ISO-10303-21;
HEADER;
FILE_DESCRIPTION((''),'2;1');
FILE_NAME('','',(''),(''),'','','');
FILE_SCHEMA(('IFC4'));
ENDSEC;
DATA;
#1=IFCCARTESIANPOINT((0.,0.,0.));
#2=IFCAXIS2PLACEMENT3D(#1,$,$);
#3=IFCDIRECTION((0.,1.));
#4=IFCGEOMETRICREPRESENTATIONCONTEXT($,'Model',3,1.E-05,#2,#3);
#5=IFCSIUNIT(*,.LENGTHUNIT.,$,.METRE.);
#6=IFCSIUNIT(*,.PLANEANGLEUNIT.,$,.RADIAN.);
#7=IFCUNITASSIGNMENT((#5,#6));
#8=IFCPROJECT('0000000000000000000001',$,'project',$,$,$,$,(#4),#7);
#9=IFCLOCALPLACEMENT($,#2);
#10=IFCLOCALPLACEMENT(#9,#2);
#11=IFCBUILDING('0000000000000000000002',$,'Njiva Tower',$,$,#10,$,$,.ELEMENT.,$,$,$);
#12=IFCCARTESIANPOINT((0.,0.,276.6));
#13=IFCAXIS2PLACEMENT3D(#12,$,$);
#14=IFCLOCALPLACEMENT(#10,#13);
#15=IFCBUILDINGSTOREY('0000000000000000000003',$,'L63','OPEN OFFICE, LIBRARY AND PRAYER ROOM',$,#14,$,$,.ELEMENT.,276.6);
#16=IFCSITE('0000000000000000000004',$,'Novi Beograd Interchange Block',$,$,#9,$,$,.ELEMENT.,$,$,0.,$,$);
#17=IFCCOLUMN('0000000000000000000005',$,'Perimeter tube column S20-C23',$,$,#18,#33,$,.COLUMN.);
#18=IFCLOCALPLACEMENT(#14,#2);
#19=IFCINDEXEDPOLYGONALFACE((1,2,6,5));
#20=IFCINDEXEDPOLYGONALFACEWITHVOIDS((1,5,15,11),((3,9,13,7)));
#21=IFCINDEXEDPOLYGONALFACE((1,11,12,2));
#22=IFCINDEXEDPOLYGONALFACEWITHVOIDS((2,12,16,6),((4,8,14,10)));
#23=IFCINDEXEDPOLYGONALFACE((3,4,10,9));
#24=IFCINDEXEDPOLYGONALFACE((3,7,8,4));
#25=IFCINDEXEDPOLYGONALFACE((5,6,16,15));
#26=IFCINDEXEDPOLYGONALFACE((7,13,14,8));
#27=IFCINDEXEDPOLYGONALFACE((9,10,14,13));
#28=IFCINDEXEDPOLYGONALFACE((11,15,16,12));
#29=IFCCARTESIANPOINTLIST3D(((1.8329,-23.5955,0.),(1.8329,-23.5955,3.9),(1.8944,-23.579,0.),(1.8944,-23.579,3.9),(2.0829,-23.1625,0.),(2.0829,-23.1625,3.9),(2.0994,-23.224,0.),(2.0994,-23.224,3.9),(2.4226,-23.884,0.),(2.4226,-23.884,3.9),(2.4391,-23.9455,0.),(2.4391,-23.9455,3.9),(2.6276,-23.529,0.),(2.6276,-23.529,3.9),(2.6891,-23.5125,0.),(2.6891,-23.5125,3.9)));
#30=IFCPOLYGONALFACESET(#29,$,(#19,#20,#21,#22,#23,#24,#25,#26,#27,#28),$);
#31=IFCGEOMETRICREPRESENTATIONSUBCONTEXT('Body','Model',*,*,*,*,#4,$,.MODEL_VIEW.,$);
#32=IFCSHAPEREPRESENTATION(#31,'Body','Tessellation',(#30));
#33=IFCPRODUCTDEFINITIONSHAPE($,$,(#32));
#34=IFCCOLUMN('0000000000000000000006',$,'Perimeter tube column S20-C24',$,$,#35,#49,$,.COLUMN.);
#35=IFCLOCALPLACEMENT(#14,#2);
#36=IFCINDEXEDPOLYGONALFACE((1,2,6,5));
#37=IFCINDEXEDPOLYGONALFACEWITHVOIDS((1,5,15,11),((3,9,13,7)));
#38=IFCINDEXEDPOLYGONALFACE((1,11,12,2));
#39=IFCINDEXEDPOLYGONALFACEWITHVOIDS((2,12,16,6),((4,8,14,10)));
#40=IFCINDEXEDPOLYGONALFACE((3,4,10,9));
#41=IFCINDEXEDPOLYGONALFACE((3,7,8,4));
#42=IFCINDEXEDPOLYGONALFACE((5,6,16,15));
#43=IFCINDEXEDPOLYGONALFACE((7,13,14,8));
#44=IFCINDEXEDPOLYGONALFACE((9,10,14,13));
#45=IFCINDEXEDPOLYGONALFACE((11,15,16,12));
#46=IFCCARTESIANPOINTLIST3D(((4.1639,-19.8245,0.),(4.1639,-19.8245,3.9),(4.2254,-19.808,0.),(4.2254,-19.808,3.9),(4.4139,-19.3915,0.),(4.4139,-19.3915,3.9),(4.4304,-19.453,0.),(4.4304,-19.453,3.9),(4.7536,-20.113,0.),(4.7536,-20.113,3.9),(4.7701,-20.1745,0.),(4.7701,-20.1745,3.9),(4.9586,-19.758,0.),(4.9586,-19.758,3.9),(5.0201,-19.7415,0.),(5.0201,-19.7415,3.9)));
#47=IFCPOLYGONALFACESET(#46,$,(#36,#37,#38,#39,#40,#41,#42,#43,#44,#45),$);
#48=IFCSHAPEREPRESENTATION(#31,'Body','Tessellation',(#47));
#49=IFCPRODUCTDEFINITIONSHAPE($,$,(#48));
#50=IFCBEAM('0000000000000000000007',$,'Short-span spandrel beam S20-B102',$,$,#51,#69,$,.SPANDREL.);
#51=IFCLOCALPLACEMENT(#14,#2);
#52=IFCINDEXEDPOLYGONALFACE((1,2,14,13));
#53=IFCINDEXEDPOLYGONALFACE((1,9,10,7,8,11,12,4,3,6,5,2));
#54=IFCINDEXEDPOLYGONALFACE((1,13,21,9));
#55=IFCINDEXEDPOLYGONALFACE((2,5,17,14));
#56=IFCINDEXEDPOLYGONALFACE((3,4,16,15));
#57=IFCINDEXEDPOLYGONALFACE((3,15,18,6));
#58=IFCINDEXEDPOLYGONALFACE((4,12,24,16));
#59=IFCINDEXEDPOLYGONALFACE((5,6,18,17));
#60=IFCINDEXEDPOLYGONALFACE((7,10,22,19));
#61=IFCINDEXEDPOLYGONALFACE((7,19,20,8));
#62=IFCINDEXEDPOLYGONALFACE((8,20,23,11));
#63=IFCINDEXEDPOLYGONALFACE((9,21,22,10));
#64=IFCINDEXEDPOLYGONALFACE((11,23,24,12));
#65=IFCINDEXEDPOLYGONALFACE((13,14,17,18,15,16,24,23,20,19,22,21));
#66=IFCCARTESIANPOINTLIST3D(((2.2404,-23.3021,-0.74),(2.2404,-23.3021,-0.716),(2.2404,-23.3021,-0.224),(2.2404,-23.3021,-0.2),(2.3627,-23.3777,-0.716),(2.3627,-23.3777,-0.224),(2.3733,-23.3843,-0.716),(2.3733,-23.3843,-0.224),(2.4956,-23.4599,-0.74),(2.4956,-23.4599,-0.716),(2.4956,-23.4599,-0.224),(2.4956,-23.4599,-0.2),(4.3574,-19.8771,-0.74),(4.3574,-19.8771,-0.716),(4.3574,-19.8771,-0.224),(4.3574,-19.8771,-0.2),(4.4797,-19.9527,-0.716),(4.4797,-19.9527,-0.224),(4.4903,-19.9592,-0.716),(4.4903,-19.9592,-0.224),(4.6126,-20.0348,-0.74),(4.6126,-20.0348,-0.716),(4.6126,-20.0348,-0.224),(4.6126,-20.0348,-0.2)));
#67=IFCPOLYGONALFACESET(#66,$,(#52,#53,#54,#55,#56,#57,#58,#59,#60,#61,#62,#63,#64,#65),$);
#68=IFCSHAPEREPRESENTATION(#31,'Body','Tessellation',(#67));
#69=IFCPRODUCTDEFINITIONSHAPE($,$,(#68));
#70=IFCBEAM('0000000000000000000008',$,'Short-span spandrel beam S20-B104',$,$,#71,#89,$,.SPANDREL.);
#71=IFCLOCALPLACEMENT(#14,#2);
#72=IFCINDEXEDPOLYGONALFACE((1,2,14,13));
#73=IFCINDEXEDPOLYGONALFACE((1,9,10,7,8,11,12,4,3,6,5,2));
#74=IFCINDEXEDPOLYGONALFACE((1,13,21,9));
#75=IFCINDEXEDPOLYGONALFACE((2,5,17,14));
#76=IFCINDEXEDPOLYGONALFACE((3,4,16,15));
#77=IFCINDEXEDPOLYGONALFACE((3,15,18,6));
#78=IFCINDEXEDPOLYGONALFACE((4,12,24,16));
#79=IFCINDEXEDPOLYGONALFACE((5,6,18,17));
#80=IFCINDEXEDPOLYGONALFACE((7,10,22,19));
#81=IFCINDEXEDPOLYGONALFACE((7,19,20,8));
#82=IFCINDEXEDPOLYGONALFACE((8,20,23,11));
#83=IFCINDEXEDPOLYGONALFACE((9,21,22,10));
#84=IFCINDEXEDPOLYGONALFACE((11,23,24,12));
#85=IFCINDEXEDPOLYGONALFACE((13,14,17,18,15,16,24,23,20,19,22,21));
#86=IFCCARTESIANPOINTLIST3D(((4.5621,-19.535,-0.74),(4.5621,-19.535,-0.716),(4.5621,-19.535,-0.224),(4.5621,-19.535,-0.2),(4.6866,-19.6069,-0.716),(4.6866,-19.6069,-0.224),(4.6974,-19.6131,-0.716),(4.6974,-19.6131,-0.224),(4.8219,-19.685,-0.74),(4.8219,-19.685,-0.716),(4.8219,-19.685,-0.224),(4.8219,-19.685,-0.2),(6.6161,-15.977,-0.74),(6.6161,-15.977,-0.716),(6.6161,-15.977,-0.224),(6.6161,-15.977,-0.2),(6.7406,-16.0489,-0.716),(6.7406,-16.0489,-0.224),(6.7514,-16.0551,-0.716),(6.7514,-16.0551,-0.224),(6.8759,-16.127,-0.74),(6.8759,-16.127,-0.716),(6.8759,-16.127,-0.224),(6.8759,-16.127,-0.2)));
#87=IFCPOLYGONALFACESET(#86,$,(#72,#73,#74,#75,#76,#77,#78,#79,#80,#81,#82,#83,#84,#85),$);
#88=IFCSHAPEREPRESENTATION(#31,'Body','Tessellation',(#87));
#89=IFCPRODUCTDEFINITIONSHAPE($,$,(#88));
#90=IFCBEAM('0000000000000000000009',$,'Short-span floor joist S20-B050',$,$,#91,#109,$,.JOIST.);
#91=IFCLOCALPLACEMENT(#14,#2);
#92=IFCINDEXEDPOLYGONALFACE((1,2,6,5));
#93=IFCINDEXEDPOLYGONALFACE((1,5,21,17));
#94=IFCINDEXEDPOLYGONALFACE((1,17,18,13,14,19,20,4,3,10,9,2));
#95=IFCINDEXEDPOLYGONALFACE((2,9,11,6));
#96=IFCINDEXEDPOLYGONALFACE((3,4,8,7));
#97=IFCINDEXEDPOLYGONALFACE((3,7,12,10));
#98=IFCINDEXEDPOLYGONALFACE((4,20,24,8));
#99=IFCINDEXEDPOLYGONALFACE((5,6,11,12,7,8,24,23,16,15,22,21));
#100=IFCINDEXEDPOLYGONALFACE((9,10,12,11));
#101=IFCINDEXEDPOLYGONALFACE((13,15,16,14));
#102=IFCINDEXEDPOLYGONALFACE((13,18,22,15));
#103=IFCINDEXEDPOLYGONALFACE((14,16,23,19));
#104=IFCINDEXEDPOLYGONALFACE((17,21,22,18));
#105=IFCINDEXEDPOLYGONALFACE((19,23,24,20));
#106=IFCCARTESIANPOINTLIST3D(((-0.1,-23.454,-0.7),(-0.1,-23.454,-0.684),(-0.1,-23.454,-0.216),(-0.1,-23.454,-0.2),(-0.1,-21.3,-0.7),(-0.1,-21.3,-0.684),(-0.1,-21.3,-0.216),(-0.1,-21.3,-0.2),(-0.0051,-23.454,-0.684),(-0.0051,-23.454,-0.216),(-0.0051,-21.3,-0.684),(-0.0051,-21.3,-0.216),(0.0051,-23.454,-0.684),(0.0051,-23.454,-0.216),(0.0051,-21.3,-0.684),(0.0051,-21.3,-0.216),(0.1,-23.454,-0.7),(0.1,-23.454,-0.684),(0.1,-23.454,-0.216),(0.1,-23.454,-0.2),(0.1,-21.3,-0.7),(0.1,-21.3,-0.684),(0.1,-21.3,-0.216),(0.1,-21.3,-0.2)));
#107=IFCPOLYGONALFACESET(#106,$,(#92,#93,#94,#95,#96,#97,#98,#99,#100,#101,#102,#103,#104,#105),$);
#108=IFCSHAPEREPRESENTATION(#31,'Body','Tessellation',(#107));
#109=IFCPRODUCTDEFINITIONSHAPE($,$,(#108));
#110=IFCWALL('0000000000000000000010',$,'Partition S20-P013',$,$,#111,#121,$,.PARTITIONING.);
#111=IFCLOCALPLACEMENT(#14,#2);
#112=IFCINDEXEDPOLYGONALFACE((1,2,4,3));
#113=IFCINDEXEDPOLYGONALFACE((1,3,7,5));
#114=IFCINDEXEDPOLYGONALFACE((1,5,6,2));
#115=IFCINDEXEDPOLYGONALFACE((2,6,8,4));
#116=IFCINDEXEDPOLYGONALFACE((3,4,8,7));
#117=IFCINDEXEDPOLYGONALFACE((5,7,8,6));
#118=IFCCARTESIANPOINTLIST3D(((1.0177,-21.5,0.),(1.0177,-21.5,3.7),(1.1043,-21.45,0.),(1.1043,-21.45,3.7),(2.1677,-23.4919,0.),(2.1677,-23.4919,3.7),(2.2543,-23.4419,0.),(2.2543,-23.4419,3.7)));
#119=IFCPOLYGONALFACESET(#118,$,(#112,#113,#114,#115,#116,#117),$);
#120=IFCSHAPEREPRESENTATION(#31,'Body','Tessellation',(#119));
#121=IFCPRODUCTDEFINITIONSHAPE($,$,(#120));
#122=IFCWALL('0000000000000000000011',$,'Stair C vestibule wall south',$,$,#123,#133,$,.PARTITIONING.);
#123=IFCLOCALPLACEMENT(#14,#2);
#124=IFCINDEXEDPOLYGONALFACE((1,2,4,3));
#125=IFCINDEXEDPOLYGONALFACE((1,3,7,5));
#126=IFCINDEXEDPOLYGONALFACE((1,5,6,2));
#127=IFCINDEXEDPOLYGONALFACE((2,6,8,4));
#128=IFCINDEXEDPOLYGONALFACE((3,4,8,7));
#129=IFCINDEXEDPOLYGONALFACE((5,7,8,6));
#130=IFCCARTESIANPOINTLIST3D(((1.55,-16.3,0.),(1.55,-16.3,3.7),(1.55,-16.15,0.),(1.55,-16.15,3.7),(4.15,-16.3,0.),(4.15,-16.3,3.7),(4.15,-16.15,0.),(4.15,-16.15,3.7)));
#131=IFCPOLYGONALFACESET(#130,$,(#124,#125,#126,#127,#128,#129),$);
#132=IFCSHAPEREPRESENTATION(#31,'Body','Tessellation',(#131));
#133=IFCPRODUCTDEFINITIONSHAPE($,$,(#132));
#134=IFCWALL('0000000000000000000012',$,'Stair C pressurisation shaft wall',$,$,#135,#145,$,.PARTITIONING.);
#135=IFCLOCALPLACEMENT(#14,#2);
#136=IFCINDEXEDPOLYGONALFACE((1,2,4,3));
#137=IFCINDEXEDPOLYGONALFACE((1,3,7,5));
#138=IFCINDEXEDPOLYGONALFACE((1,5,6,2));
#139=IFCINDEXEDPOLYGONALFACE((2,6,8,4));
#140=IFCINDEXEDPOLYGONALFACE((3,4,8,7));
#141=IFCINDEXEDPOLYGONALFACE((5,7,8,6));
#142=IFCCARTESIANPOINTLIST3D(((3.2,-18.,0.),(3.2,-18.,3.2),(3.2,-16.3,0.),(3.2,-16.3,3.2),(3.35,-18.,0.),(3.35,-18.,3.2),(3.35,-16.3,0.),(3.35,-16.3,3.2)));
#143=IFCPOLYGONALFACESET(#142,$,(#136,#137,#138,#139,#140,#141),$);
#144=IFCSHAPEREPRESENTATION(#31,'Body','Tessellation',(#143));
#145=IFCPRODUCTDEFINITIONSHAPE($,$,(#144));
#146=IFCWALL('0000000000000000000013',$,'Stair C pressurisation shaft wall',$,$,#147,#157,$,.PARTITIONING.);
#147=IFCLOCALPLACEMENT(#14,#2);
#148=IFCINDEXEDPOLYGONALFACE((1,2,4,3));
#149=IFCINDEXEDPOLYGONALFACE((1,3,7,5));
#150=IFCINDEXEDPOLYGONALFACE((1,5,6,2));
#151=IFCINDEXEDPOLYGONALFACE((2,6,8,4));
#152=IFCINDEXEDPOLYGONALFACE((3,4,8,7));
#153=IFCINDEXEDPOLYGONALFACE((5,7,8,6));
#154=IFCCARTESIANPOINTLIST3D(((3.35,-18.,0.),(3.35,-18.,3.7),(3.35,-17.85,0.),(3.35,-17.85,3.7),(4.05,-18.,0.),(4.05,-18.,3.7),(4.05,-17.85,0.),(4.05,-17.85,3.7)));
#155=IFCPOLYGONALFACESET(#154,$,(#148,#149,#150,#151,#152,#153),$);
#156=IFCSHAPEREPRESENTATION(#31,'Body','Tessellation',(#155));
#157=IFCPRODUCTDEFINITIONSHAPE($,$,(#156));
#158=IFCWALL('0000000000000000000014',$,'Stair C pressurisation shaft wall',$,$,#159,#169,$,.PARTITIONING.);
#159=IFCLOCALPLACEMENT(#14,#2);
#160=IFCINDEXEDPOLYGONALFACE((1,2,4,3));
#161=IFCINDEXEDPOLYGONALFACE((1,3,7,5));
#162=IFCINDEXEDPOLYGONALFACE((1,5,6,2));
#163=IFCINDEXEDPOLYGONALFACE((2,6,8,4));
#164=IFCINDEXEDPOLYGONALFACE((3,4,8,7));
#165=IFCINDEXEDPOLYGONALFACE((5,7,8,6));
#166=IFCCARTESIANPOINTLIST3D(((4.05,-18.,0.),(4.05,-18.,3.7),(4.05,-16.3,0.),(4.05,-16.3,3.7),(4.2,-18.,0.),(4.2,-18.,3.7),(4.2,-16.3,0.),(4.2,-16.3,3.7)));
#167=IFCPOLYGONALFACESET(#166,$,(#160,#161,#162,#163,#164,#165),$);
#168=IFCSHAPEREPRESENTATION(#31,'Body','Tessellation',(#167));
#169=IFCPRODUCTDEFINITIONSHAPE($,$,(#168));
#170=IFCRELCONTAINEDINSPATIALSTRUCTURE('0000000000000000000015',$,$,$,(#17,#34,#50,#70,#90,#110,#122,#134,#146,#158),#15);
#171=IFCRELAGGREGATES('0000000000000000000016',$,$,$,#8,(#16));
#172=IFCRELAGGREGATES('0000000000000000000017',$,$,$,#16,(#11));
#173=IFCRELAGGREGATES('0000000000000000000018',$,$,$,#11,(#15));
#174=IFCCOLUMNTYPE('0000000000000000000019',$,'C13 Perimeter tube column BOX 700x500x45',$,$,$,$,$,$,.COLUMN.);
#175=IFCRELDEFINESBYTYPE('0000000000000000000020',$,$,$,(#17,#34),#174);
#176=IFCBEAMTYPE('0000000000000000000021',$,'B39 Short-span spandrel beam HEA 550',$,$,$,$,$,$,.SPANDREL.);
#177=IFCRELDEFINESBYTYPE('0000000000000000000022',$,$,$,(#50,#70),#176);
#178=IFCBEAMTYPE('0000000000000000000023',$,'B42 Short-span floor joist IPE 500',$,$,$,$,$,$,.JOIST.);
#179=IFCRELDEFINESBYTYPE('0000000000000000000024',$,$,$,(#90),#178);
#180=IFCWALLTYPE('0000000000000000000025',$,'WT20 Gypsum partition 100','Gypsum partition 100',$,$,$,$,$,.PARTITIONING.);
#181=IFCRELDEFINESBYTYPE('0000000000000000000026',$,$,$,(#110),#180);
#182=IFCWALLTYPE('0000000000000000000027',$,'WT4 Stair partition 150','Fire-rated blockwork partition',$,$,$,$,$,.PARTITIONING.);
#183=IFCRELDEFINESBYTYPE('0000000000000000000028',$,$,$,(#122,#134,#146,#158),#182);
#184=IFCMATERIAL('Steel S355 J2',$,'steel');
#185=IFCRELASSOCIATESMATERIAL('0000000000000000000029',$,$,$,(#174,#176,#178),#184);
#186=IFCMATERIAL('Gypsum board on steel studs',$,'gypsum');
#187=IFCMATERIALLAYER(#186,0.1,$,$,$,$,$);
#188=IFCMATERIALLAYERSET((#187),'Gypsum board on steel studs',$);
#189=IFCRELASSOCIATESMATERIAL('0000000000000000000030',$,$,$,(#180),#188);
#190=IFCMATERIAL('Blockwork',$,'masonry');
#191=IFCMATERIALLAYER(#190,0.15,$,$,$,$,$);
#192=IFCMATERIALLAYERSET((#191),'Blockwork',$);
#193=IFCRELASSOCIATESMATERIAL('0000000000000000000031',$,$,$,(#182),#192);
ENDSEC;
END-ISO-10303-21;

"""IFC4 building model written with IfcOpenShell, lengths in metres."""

from ifc_helpers import new_model, si_unit, direction, frame, frame_2d, origin, origin_2d, place, context, subcontext, project, spatial, rectangle, hollow_rectangle, i_section, extrude, material, layer, layer_set, material_profile, profile_set, type_object, element, save


model = new_model("IFC4")

# Units and contexts
model_context = context("Model", 3, precision=1e-05, world=origin(), true_north=direction((0.0, 1.0)))
body_context = subcontext(model_context, "Body", "Model", "MODEL_VIEW")
ifc_project = project(units=[si_unit("LENGTHUNIT", "METRE"), si_unit("PLANEANGLEUNIT", "RADIAN")], contexts=[model_context])

# Site, building, storey
site_placement = place(None, origin())
site = spatial("IfcSite", under=ifc_project, at=site_placement, Name="Novi Beograd Interchange Block", CompositionType="ELEMENT", RefElevation=0.0)
building_placement = place(site_placement, origin())
building = spatial("IfcBuilding", under=site, at=building_placement, Name="Njiva Tower", CompositionType="ELEMENT")
storey_placement = place(building_placement, frame((0.0, 0.0, 276.6)))
storey = spatial("IfcBuildingStorey", under=building, at=storey_placement, Name="L63", Description="OPEN OFFICE, LIBRARY AND PRAYER ROOM", CompositionType="ELEMENT", Elevation=276.6)

# Columns
ifc_material_1 = material(Name="Steel S355 J2", Category="steel")
ifc_material_profile_1 = material_profile(ifc_material_1, hollow_rectangle(XDim=0.5, YDim=0.7, WallThickness=0.045, at=origin_2d()), Name="BOX 700x500x45")
ifc_profile_set_1 = profile_set([ifc_material_profile_1], Name="Steel S355 J2")
column_type = type_object("IfcColumnType", Name="C13 Perimeter tube column BOX 700x500x45", PredefinedType="COLUMN", material=ifc_profile_set_1)
for number, where, z_axis, x_axis, name in (
    (1, (2.261, -23.554, 0.0), (0.0, 0.0, 1.0), (0.5, 0.866025, 0.0), "Perimeter tube column S20-C23"),
    (2, (4.592, -19.783, 0.0), (0.0, 0.0, 1.0), (0.5, 0.866025, 0.0), "Perimeter tube column S20-C24"),
):
    element("IfcColumn", number, at=place(storey_placement, frame(where, z_axis=z_axis, x_axis=x_axis)), inside=storey, type_object=column_type, Name=name, PredefinedType="COLUMN", context=body_context, shape_type="SweptSolid", body=[
        extrude(hollow_rectangle(XDim=0.5, YDim=0.7, WallThickness=0.045, at=origin_2d()), origin(), (0.0, 0.0, 1.0), 3.9),
    ])

# Beams
ifc_material_profile_2 = material_profile(ifc_material_1, i_section(OverallWidth=0.3, OverallDepth=0.54, WebThickness=0.0125, FlangeThickness=0.024, at=origin_2d()), Name="HEA 550")
ifc_profile_set_2 = profile_set([ifc_material_profile_2], Name="Steel S355 J2")
beam_type_1 = type_object("IfcBeamType", Name="B39 Short-span spandrel beam HEA 550", PredefinedType="SPANDREL", material=ifc_profile_set_2)
beam_1_placement = place(storey_placement, frame((2.368, -23.381, -0.47), z_axis=(0.525773, 0.850625, 0.0), x_axis=(-0.850625, 0.525773, 0.0)))
element("IfcBeam", 3, at=beam_1_placement, inside=storey, type_object=beam_type_1, Name="Short-span spandrel beam S20-B102", PredefinedType="SPANDREL", context=body_context, shape_type="SweptSolid", body=[
    extrude(i_section(OverallWidth=0.3, OverallDepth=0.54, WebThickness=0.0125, FlangeThickness=0.024, at=origin_2d()), origin(), (0.0, 0.0, 1.0), 4.0265),
])
beam_2_placement = place(storey_placement, frame((4.692, -19.61, -0.47), z_axis=(0.499961, 0.866048, 0.0), x_axis=(-0.866048, 0.499961, 0.0)))
element("IfcBeam", 4, at=beam_2_placement, inside=storey, type_object=beam_type_1, Name="Short-span spandrel beam S20-B104", PredefinedType="SPANDREL", context=body_context, shape_type="SweptSolid", body=[
    extrude(i_section(OverallWidth=0.3, OverallDepth=0.54, WebThickness=0.0125, FlangeThickness=0.024, at=origin_2d()), origin(), (0.0, 0.0, 1.0), 4.1083),
])
ifc_material_profile_3 = material_profile(ifc_material_1, i_section(OverallWidth=0.2, OverallDepth=0.5, WebThickness=0.0102, FlangeThickness=0.016, at=origin_2d()), Name="IPE 500")
ifc_profile_set_3 = profile_set([ifc_material_profile_3], Name="Steel S355 J2")
beam_type_2 = type_object("IfcBeamType", Name="B42 Short-span floor joist IPE 500", PredefinedType="JOIST", material=ifc_profile_set_3)
beam_3_placement = place(storey_placement, frame((0.0, -21.3, -0.45), z_axis=(0.0, -1.0, 0.0), x_axis=(1.0, 0.0, 0.0)))
element("IfcBeam", 5, at=beam_3_placement, inside=storey, type_object=beam_type_2, Name="Short-span floor joist S20-B050", PredefinedType="JOIST", context=body_context, shape_type="SweptSolid", body=[
    extrude(i_section(OverallWidth=0.2, OverallDepth=0.5, WebThickness=0.0102, FlangeThickness=0.016, at=origin_2d()), origin(), (0.0, 0.0, 1.0), 2.154),
])

# Walls
ifc_material_2 = material(Name="Gypsum board on steel studs", Category="gypsum")
ifc_layer_1 = layer(ifc_material_2, 0.1)
ifc_layer_set_1 = layer_set([ifc_layer_1], Name="Gypsum board on steel studs")
wall_type_1 = type_object("IfcWallType", Name="WT20 Gypsum partition 100", Description="Gypsum partition 100", PredefinedType="PARTITIONING", material=ifc_layer_set_1)
wall_1_placement = place(storey_placement, frame((1.061, -21.475, 0.0), z_axis=(0.0, 0.0, 1.0), x_axis=(0.499973, -0.866041, 0.0)))
element("IfcWall", 6, at=wall_1_placement, inside=storey, type_object=wall_type_1, Name="Partition S20-P013", PredefinedType="PARTITIONING", context=body_context, shape_type="SweptSolid", body=[
    extrude(rectangle(XDim=2.3001, YDim=0.1, at=frame_2d((1.15, 0.0))), origin(), (0.0, 0.0, 1.0), 3.7),
])
ifc_material_3 = material(Name="Blockwork", Category="masonry")
ifc_layer_2 = layer(ifc_material_3, 0.15)
ifc_layer_set_2 = layer_set([ifc_layer_2], Name="Blockwork")
wall_type_2 = type_object("IfcWallType", Name="WT4 Stair partition 150", Description="Fire-rated blockwork partition", PredefinedType="PARTITIONING", material=ifc_layer_set_2)
wall_2_placement = place(storey_placement, frame((1.55, -16.225, 0.0), z_axis=(0.0, 0.0, 1.0), x_axis=(1.0, 0.0, 0.0)))
element("IfcWall", 7, at=wall_2_placement, inside=storey, type_object=wall_type_2, Name="Stair C vestibule wall south", PredefinedType="PARTITIONING", context=body_context, shape_type="SweptSolid", body=[
    extrude(rectangle(XDim=2.6, YDim=0.15, at=frame_2d((1.3, 0.0))), origin(), (0.0, 0.0, 1.0), 3.7),
])
wall_3_placement = place(storey_placement, frame((3.275, -18.0, 0.0), z_axis=(0.0, 0.0, 1.0), x_axis=(0.0, 1.0, 0.0)))
element("IfcWall", 8, at=wall_3_placement, inside=storey, type_object=wall_type_2, Name="Stair C pressurisation shaft wall", PredefinedType="PARTITIONING", context=body_context, shape_type="SweptSolid", body=[
    extrude(rectangle(XDim=1.7, YDim=0.15, at=frame_2d((0.85, 0.0))), origin(), (0.0, 0.0, 1.0), 3.2),
])
wall_4_placement = place(storey_placement, frame((3.35, -17.925, 0.0), z_axis=(0.0, 0.0, 1.0), x_axis=(1.0, 0.0, 0.0)))
element("IfcWall", 9, at=wall_4_placement, inside=storey, type_object=wall_type_2, Name="Stair C pressurisation shaft wall", PredefinedType="PARTITIONING", context=body_context, shape_type="SweptSolid", body=[
    extrude(rectangle(XDim=0.7, YDim=0.15, at=frame_2d((0.35, 0.0))), origin(), (0.0, 0.0, 1.0), 3.7),
])
wall_5_placement = place(storey_placement, frame((4.125, -18.0, 0.0), z_axis=(0.0, 0.0, 1.0), x_axis=(0.0, 1.0, 0.0)))
element("IfcWall", 10, at=wall_5_placement, inside=storey, type_object=wall_type_2, Name="Stair C pressurisation shaft wall", PredefinedType="PARTITIONING", context=body_context, shape_type="SweptSolid", body=[
    extrude(rectangle(XDim=1.7, YDim=0.15, at=frame_2d((0.85, 0.0))), origin(), (0.0, 0.0, 1.0), 3.7),
])

save(model, "model.ifc")
